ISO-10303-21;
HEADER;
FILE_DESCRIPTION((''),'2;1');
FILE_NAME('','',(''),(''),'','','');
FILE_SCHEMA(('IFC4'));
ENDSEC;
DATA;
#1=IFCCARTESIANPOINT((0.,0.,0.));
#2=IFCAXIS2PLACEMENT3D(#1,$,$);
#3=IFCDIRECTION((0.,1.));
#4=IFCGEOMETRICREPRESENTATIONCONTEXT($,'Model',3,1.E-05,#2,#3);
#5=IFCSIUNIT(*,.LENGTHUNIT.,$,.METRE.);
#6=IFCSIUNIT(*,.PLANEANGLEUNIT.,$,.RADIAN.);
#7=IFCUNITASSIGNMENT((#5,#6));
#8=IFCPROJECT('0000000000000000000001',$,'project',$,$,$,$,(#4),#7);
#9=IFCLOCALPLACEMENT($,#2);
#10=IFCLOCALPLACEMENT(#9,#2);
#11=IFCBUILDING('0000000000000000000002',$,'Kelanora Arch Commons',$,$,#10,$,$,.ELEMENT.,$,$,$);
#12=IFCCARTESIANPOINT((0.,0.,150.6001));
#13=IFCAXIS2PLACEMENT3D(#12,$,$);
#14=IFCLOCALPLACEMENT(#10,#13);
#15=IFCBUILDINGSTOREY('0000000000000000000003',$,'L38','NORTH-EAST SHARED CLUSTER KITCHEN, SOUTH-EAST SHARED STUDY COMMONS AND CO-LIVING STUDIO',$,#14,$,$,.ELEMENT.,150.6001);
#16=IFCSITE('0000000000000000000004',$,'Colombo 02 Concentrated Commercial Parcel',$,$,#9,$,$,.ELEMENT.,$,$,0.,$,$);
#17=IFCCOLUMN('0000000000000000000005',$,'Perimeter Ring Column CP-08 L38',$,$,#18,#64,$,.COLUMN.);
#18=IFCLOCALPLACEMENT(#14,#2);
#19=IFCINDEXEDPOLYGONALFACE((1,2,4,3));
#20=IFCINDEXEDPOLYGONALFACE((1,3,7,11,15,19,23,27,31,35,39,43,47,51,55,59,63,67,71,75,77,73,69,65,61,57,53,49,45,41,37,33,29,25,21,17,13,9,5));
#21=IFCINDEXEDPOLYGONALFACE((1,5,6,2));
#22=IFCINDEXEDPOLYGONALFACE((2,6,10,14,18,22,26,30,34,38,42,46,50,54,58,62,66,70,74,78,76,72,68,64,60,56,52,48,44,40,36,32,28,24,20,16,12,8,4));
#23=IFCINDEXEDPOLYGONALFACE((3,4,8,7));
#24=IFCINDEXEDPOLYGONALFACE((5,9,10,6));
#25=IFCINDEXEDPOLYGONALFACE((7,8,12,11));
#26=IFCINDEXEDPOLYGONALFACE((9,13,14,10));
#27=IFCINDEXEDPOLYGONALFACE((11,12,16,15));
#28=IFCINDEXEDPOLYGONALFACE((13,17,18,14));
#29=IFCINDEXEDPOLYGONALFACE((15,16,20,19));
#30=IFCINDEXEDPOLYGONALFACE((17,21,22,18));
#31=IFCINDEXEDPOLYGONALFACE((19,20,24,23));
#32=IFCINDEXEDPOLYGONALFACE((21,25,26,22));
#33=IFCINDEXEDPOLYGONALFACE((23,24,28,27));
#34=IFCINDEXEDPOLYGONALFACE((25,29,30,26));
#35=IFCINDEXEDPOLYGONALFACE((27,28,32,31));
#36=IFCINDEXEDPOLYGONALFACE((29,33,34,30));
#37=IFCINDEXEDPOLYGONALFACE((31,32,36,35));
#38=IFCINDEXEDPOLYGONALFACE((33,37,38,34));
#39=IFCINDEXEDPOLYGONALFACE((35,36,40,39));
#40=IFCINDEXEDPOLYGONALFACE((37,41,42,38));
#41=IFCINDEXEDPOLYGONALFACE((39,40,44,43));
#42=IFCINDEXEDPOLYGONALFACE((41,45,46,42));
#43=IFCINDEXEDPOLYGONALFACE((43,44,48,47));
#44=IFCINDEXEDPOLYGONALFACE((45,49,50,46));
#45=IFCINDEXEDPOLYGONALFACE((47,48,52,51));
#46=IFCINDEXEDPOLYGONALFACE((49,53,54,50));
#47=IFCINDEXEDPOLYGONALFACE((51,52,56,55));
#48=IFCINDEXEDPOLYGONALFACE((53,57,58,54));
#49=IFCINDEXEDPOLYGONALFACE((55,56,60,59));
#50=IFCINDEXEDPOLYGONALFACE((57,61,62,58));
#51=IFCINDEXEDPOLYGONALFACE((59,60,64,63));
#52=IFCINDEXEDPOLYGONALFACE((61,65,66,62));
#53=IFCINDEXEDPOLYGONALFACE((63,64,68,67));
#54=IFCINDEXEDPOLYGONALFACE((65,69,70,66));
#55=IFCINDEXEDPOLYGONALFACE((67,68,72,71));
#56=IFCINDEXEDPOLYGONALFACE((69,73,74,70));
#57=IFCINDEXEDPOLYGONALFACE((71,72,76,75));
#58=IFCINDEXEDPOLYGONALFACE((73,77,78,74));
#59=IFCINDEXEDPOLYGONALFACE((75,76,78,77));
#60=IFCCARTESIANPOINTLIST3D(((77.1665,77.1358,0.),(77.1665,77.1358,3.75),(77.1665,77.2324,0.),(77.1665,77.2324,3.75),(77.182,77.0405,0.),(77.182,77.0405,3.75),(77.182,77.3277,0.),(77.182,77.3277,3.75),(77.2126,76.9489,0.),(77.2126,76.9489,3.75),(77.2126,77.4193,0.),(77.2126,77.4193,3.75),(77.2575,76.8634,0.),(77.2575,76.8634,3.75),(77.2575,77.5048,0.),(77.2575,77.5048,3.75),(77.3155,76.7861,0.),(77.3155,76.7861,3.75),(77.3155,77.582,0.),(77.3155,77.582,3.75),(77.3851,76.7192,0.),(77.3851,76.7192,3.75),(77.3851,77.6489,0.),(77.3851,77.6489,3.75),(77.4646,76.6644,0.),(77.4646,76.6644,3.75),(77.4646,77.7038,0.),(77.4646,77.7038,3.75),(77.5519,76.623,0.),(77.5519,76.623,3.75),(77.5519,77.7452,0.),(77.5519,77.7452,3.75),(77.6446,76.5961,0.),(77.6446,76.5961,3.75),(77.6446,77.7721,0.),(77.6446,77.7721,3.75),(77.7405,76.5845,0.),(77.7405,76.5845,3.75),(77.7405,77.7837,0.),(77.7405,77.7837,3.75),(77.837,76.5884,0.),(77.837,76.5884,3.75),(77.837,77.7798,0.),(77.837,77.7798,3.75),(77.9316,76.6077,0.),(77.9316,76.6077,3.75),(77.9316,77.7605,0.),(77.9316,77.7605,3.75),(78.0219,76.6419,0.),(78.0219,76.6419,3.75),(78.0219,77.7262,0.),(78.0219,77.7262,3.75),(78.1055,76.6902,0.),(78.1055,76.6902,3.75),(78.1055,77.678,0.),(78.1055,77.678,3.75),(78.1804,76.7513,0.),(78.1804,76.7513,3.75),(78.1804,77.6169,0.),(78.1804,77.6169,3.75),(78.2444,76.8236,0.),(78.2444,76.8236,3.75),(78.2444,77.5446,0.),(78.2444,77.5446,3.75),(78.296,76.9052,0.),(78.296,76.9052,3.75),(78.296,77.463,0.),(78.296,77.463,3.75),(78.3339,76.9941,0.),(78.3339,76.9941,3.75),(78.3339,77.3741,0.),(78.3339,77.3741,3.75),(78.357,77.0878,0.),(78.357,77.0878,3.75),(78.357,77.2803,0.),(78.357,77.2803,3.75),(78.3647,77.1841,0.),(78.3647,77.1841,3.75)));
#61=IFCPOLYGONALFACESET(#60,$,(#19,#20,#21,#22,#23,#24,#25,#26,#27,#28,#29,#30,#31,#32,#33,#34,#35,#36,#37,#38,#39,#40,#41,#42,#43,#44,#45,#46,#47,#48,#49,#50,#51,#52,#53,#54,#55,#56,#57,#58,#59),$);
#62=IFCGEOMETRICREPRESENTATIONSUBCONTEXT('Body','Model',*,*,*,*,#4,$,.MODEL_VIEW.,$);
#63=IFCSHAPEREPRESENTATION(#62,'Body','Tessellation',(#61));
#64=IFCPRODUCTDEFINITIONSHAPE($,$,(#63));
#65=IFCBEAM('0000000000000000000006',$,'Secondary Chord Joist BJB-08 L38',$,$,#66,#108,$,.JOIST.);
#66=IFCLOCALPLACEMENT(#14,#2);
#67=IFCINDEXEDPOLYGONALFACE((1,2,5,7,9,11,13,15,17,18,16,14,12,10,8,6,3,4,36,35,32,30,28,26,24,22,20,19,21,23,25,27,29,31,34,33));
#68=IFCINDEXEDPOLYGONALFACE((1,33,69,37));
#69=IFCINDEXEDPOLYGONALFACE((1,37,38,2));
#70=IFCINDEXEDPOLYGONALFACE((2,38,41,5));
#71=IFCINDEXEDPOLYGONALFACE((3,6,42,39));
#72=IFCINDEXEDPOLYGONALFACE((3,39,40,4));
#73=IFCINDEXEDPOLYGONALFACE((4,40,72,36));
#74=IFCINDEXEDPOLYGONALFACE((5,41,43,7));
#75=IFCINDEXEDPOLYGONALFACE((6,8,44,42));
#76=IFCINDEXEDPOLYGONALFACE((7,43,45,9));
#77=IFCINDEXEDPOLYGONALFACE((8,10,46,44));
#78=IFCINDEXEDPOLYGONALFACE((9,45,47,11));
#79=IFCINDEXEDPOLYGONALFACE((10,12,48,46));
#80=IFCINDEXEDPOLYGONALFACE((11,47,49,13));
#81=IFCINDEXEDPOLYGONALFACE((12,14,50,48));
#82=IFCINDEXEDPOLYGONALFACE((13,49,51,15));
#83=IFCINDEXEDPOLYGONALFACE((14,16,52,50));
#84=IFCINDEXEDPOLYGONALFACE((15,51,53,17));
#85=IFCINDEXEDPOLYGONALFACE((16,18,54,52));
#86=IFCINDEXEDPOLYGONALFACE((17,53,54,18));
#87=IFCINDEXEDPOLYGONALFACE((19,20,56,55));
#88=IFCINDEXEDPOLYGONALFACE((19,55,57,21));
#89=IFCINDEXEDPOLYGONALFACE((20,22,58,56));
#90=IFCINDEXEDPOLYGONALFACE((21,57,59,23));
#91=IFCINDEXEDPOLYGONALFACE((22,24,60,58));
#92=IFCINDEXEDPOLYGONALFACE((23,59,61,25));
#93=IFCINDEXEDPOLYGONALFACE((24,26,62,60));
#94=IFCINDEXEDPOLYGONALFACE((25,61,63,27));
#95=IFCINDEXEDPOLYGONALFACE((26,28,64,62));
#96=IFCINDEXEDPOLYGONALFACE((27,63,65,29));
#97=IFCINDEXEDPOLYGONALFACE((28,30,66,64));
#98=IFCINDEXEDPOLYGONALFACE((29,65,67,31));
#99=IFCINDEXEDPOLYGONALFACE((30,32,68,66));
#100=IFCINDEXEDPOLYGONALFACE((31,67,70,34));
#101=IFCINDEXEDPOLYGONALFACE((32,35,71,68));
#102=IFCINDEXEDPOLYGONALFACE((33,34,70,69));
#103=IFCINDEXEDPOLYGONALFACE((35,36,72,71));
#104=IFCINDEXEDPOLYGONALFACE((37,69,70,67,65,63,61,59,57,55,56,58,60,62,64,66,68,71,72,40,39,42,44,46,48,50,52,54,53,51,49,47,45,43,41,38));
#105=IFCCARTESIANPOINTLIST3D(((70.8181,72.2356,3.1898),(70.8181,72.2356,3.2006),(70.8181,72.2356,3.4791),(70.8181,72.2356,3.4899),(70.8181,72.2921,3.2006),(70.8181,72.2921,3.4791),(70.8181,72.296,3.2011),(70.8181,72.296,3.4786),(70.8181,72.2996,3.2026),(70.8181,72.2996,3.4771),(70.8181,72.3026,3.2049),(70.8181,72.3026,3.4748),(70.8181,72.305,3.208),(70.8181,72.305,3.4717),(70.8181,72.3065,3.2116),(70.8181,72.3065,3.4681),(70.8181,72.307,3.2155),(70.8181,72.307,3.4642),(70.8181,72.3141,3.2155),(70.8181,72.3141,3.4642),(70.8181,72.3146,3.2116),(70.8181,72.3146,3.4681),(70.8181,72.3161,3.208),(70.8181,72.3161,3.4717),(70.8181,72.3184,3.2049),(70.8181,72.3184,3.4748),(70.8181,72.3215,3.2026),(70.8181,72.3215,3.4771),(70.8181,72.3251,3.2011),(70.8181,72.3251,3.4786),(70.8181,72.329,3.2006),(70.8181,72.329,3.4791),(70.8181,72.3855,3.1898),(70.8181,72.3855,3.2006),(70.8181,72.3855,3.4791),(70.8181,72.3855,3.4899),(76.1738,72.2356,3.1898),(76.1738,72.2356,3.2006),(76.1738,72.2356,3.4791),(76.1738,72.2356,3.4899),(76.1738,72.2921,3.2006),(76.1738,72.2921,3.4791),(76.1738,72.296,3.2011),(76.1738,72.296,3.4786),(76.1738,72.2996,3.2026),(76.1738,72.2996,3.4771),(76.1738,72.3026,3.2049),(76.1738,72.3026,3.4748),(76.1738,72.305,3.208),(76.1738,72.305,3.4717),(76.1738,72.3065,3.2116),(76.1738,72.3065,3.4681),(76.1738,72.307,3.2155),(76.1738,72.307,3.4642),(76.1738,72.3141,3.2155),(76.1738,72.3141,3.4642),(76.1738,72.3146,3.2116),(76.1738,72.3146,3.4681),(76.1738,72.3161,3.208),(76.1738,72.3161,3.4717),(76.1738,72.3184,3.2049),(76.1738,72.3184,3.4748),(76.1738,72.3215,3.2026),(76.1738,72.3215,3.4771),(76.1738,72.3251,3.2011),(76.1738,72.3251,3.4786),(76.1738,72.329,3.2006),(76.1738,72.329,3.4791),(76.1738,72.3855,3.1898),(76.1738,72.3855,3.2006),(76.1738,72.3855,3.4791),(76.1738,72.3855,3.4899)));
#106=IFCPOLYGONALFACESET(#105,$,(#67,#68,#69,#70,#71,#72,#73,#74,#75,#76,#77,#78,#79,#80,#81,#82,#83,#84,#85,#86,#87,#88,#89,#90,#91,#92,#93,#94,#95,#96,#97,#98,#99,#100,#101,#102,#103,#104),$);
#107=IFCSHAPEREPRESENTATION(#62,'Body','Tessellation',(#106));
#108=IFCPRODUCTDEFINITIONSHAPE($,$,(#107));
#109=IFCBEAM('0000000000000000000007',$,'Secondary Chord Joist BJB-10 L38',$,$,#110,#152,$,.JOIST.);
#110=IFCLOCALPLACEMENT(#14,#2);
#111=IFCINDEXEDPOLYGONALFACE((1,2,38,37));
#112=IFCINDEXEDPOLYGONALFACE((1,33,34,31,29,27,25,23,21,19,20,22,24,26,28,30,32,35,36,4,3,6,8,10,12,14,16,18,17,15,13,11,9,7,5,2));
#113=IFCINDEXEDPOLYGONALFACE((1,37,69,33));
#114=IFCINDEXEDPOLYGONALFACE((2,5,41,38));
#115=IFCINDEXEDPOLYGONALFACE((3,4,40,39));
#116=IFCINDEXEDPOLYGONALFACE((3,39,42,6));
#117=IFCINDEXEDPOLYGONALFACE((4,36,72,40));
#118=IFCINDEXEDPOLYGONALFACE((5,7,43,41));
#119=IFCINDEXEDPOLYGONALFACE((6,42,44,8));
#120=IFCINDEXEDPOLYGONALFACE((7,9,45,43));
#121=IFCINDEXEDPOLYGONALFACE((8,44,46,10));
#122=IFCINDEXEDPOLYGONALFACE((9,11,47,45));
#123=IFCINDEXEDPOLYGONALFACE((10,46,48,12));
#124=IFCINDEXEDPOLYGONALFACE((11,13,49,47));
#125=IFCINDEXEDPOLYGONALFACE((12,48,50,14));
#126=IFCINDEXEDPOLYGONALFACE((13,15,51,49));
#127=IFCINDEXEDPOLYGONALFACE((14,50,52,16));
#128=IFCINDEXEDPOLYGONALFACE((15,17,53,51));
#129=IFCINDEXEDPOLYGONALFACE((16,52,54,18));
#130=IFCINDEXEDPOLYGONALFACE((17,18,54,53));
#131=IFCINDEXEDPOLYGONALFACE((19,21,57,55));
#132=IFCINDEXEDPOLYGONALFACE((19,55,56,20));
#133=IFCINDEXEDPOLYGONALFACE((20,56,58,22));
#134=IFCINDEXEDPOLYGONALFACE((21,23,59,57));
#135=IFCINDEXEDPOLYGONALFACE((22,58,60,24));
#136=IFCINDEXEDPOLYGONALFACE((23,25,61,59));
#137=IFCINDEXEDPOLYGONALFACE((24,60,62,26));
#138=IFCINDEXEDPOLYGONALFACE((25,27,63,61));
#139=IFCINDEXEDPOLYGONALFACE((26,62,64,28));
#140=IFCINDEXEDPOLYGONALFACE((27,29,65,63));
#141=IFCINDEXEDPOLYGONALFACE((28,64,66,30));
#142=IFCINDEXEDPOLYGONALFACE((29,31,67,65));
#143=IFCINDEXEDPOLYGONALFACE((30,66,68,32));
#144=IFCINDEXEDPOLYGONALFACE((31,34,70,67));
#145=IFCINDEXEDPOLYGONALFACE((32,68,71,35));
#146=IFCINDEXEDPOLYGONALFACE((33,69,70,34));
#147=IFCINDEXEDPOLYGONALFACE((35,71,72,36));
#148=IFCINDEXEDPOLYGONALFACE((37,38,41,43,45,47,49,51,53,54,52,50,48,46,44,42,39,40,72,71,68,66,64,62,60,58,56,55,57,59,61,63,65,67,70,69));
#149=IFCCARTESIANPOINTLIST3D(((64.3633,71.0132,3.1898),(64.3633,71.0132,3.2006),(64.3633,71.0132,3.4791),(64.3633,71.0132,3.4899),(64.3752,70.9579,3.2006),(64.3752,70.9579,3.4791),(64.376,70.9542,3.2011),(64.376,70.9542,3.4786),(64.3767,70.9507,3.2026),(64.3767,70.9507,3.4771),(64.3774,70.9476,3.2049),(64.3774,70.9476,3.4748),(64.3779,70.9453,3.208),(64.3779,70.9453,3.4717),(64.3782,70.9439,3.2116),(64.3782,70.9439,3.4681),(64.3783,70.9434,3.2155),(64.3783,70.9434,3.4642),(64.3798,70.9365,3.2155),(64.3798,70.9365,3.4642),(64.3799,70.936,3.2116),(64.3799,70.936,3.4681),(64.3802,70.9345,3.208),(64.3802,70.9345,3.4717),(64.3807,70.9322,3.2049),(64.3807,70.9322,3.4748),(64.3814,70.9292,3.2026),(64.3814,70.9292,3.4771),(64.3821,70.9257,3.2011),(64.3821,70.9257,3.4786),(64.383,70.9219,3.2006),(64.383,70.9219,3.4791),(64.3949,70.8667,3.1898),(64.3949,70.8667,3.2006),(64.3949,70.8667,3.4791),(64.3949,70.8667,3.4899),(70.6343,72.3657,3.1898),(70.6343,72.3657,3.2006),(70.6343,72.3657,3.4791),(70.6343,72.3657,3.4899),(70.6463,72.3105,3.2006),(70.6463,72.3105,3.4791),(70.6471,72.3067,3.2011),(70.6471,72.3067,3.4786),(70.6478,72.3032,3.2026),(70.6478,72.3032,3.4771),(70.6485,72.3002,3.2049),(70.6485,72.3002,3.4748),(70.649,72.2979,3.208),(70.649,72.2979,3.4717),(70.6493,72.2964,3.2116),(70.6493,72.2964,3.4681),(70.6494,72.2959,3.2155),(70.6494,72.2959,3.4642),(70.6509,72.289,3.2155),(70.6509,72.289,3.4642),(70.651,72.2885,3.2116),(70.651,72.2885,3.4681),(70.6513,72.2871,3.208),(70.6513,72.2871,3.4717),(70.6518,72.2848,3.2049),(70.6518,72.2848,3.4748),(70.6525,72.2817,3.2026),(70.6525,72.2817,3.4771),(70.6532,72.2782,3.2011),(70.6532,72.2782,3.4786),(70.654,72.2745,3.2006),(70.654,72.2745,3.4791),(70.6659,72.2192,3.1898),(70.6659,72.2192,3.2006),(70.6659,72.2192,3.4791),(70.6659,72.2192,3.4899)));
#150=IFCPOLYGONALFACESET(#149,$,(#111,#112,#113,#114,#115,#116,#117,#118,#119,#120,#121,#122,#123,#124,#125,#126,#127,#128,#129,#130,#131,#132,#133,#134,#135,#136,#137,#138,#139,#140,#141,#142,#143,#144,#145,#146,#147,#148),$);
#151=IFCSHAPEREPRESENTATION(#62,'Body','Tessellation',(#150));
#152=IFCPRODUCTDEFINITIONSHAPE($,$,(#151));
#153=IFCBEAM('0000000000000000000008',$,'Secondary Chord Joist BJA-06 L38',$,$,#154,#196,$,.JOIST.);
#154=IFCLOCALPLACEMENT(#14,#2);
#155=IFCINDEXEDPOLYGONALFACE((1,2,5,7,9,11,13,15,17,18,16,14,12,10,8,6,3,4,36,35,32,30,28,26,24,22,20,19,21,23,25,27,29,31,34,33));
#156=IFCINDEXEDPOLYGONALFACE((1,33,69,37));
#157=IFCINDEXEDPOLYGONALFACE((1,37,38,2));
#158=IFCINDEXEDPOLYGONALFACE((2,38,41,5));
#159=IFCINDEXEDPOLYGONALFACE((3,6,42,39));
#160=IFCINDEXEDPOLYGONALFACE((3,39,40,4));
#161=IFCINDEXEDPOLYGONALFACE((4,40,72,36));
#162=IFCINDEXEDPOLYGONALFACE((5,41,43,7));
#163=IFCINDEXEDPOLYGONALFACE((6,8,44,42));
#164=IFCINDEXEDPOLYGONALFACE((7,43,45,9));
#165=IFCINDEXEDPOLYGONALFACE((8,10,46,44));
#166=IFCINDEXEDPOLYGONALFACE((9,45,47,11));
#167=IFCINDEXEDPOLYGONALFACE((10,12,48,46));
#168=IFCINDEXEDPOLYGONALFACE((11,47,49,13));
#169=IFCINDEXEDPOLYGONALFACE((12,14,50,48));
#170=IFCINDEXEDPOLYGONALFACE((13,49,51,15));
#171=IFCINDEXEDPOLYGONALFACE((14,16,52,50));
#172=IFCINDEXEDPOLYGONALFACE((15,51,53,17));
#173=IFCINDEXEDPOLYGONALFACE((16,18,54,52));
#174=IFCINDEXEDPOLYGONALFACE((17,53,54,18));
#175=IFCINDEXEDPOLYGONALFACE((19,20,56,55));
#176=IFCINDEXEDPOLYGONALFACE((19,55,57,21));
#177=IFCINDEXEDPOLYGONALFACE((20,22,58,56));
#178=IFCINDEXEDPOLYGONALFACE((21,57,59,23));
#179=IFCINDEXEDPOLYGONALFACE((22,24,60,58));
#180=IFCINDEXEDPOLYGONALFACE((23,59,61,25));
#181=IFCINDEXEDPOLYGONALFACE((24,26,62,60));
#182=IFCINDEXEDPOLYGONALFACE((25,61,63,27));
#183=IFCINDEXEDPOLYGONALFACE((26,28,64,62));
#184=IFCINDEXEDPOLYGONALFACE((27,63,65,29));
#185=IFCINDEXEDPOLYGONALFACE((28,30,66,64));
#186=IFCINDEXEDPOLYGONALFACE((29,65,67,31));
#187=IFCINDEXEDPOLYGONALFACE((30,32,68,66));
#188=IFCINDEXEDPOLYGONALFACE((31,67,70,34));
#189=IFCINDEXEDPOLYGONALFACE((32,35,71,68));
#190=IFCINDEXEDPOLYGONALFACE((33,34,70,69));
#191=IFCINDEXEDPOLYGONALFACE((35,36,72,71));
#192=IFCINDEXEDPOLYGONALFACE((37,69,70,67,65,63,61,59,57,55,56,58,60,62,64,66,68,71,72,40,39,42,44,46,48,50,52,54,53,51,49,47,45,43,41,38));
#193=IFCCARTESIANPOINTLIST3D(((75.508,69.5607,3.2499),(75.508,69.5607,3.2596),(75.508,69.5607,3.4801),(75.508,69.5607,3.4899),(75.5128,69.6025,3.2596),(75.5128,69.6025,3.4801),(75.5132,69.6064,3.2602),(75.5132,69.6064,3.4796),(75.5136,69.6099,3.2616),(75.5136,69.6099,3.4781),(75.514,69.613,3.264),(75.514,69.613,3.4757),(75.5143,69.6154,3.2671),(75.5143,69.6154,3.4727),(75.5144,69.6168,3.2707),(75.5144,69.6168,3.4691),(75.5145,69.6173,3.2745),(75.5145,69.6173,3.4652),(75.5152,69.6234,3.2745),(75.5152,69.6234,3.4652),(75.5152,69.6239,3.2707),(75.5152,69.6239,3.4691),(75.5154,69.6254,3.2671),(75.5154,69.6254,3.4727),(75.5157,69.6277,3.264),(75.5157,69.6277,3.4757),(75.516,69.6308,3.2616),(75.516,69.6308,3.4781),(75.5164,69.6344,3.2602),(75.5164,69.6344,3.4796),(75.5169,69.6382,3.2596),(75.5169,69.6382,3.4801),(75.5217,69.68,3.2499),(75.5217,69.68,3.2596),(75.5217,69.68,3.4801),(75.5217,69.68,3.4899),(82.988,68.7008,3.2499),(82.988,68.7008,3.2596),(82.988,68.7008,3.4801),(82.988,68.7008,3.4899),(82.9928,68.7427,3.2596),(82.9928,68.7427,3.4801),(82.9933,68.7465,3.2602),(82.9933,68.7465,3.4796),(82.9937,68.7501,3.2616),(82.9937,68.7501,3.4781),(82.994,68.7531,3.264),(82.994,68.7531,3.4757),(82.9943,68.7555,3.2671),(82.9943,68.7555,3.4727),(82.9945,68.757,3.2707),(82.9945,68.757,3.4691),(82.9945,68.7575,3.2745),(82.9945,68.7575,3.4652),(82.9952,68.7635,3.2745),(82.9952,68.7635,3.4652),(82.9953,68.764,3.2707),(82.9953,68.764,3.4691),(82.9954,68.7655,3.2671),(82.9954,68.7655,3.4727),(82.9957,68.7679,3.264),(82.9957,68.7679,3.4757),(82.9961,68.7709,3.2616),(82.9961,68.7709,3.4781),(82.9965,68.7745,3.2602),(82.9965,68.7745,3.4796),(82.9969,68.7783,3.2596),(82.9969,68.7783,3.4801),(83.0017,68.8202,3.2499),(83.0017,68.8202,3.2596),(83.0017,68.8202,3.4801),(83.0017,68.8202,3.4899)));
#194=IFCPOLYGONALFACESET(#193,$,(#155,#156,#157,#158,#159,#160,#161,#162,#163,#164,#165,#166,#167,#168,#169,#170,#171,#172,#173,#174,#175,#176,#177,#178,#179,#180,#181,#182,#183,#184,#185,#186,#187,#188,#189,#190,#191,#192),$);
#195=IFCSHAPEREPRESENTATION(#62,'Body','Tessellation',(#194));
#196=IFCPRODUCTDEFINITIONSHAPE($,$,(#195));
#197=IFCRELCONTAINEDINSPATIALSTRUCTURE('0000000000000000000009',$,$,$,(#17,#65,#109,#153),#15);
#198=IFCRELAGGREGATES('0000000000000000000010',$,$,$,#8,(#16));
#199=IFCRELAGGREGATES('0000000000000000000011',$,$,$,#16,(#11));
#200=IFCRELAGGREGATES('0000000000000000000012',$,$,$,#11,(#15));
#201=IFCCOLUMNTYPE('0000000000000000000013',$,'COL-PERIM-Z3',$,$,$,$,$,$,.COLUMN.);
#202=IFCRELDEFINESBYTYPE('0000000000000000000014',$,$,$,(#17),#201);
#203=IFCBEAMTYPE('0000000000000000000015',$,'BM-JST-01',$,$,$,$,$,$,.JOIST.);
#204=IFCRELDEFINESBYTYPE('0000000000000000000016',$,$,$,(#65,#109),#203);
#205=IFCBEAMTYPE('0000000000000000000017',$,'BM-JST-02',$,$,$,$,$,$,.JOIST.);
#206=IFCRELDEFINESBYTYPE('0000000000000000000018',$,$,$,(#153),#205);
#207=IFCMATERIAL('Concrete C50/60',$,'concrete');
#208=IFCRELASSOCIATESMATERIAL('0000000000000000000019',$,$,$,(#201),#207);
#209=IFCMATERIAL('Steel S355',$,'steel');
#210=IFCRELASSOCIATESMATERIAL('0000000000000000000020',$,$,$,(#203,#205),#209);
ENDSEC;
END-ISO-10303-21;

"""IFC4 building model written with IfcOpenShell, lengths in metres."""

from ifc_helpers import new_model, si_unit, direction, frame, origin, origin_2d, place, context, subcontext, project, spatial, circle, i_section, extrude, material, material_profile, profile_set, type_object, element, save


model = new_model("IFC4")

# Units and contexts
model_context = context("Model", 3, precision=1e-05, world=origin(), true_north=direction((0.0, 1.0)))
body_context = subcontext(model_context, "Body", "Model", "MODEL_VIEW")
ifc_project = project(units=[si_unit("LENGTHUNIT", "METRE"), si_unit("PLANEANGLEUNIT", "RADIAN")], contexts=[model_context])

# Site, building, storey
site_placement = place(None, origin())
site = spatial("IfcSite", under=ifc_project, at=site_placement, Name="Colombo 02 Concentrated Commercial Parcel", CompositionType="ELEMENT", RefElevation=0.0)
building_placement = place(site_placement, origin())
building = spatial("IfcBuilding", under=site, at=building_placement, Name="Kelanora Arch Commons", CompositionType="ELEMENT")
storey_placement = place(building_placement, frame((0.0, 0.0, 150.6001)))
storey = spatial("IfcBuildingStorey", under=building, at=storey_placement, Name="L38", Description="NORTH-EAST SHARED CLUSTER KITCHEN, SOUTH-EAST SHARED STUDY COMMONS AND CO-LIVING STUDIO", CompositionType="ELEMENT", Elevation=150.6001)

# Column
ifc_material_1 = material(Name="Concrete C50/60", Category="concrete")
ifc_material_profile_1 = material_profile(ifc_material_1, circle(Radius=0.6001, at=origin_2d()), Name="RCC1200")
ifc_profile_set_1 = profile_set([ifc_material_profile_1], Name="Concrete C50/60")
column_type = type_object("IfcColumnType", Name="COL-PERIM-Z3", PredefinedType="COLUMN", material=ifc_profile_set_1)
column_placement = place(storey_placement, frame((77.7646, 77.1841, 0.0), z_axis=(0.0, 0.0, 1.0), x_axis=(1.0, 0.0, 0.0)))
element("IfcColumn", 1, at=column_placement, inside=storey, type_object=column_type, Name="Perimeter Ring Column CP-08 L38", PredefinedType="COLUMN", context=body_context, shape_type="SweptSolid", body=[
    extrude(circle(Radius=0.6001, at=origin_2d()), origin(), (0.0, 0.0, 1.0), 3.75),
])

# Beams
ifc_material_2 = material(Name="Steel S355", Category="steel")
ifc_material_profile_2 = material_profile(ifc_material_2, i_section(OverallWidth=0.1499, OverallDepth=0.3, WebThickness=0.0071, FlangeThickness=0.0107, FilletRadius=0.0149, at=origin_2d()), Name="IPE300")
ifc_profile_set_2 = profile_set([ifc_material_profile_2], Name="Steel S355")
beam_type_1 = type_object("IfcBeamType", Name="BM-JST-01", PredefinedType="JOIST", material=ifc_profile_set_2)
beam_1_placement = place(storey_placement, frame((76.1738, 72.3105, 3.3398), z_axis=(-1.0, 0.0, 0.0), x_axis=(0.0, -1.0, 0.0)))
element("IfcBeam", 2, at=beam_1_placement, inside=storey, type_object=beam_type_1, Name="Secondary Chord Joist BJB-08 L38", PredefinedType="JOIST", context=body_context, shape_type="SweptSolid", body=[
    extrude(i_section(OverallWidth=0.1499, OverallDepth=0.3, WebThickness=0.0071, FlangeThickness=0.0107, FilletRadius=0.0149, at=origin_2d()), origin(), (0.0, 0.0, 1.0), 5.3557),
])
beam_2_placement = place(storey_placement, frame((70.6501, 72.2925, 3.3398), z_axis=(-0.977522, -0.210834, 0.0), x_axis=(0.210834, -0.977522, 0.0)))
element("IfcBeam", 3, at=beam_2_placement, inside=storey, type_object=beam_type_1, Name="Secondary Chord Joist BJB-10 L38", PredefinedType="JOIST", context=body_context, shape_type="SweptSolid", body=[
    extrude(i_section(OverallWidth=0.1499, OverallDepth=0.3, WebThickness=0.0071, FlangeThickness=0.0107, FilletRadius=0.0149, at=origin_2d()), origin(), (0.0, 0.0, 1.0), 6.4153),
])
ifc_material_profile_3 = material_profile(ifc_material_2, i_section(OverallWidth=0.1201, OverallDepth=0.24, WebThickness=0.0061, FlangeThickness=0.0098, FilletRadius=0.0149, at=origin_2d()), Name="IPE240")
ifc_profile_set_3 = profile_set([ifc_material_profile_3], Name="Steel S355")
beam_type_2 = type_object("IfcBeamType", Name="BM-JST-02", PredefinedType="JOIST", material=ifc_profile_set_3)
beam_3_placement = place(storey_placement, frame((82.9949, 68.7605, 3.3699), z_axis=(-0.993457, 0.114203, 0.0), x_axis=(-0.114203, -0.993457, 0.0)))
element("IfcBeam", 4, at=beam_3_placement, inside=storey, type_object=beam_type_2, Name="Secondary Chord Joist BJA-06 L38", PredefinedType="JOIST", context=body_context, shape_type="SweptSolid", body=[
    extrude(i_section(OverallWidth=0.1201, OverallDepth=0.24, WebThickness=0.0061, FlangeThickness=0.0098, FilletRadius=0.0149, at=origin_2d()), origin(), (0.0, 0.0, 1.0), 7.5293),
])

save(model, "model.ifc")
